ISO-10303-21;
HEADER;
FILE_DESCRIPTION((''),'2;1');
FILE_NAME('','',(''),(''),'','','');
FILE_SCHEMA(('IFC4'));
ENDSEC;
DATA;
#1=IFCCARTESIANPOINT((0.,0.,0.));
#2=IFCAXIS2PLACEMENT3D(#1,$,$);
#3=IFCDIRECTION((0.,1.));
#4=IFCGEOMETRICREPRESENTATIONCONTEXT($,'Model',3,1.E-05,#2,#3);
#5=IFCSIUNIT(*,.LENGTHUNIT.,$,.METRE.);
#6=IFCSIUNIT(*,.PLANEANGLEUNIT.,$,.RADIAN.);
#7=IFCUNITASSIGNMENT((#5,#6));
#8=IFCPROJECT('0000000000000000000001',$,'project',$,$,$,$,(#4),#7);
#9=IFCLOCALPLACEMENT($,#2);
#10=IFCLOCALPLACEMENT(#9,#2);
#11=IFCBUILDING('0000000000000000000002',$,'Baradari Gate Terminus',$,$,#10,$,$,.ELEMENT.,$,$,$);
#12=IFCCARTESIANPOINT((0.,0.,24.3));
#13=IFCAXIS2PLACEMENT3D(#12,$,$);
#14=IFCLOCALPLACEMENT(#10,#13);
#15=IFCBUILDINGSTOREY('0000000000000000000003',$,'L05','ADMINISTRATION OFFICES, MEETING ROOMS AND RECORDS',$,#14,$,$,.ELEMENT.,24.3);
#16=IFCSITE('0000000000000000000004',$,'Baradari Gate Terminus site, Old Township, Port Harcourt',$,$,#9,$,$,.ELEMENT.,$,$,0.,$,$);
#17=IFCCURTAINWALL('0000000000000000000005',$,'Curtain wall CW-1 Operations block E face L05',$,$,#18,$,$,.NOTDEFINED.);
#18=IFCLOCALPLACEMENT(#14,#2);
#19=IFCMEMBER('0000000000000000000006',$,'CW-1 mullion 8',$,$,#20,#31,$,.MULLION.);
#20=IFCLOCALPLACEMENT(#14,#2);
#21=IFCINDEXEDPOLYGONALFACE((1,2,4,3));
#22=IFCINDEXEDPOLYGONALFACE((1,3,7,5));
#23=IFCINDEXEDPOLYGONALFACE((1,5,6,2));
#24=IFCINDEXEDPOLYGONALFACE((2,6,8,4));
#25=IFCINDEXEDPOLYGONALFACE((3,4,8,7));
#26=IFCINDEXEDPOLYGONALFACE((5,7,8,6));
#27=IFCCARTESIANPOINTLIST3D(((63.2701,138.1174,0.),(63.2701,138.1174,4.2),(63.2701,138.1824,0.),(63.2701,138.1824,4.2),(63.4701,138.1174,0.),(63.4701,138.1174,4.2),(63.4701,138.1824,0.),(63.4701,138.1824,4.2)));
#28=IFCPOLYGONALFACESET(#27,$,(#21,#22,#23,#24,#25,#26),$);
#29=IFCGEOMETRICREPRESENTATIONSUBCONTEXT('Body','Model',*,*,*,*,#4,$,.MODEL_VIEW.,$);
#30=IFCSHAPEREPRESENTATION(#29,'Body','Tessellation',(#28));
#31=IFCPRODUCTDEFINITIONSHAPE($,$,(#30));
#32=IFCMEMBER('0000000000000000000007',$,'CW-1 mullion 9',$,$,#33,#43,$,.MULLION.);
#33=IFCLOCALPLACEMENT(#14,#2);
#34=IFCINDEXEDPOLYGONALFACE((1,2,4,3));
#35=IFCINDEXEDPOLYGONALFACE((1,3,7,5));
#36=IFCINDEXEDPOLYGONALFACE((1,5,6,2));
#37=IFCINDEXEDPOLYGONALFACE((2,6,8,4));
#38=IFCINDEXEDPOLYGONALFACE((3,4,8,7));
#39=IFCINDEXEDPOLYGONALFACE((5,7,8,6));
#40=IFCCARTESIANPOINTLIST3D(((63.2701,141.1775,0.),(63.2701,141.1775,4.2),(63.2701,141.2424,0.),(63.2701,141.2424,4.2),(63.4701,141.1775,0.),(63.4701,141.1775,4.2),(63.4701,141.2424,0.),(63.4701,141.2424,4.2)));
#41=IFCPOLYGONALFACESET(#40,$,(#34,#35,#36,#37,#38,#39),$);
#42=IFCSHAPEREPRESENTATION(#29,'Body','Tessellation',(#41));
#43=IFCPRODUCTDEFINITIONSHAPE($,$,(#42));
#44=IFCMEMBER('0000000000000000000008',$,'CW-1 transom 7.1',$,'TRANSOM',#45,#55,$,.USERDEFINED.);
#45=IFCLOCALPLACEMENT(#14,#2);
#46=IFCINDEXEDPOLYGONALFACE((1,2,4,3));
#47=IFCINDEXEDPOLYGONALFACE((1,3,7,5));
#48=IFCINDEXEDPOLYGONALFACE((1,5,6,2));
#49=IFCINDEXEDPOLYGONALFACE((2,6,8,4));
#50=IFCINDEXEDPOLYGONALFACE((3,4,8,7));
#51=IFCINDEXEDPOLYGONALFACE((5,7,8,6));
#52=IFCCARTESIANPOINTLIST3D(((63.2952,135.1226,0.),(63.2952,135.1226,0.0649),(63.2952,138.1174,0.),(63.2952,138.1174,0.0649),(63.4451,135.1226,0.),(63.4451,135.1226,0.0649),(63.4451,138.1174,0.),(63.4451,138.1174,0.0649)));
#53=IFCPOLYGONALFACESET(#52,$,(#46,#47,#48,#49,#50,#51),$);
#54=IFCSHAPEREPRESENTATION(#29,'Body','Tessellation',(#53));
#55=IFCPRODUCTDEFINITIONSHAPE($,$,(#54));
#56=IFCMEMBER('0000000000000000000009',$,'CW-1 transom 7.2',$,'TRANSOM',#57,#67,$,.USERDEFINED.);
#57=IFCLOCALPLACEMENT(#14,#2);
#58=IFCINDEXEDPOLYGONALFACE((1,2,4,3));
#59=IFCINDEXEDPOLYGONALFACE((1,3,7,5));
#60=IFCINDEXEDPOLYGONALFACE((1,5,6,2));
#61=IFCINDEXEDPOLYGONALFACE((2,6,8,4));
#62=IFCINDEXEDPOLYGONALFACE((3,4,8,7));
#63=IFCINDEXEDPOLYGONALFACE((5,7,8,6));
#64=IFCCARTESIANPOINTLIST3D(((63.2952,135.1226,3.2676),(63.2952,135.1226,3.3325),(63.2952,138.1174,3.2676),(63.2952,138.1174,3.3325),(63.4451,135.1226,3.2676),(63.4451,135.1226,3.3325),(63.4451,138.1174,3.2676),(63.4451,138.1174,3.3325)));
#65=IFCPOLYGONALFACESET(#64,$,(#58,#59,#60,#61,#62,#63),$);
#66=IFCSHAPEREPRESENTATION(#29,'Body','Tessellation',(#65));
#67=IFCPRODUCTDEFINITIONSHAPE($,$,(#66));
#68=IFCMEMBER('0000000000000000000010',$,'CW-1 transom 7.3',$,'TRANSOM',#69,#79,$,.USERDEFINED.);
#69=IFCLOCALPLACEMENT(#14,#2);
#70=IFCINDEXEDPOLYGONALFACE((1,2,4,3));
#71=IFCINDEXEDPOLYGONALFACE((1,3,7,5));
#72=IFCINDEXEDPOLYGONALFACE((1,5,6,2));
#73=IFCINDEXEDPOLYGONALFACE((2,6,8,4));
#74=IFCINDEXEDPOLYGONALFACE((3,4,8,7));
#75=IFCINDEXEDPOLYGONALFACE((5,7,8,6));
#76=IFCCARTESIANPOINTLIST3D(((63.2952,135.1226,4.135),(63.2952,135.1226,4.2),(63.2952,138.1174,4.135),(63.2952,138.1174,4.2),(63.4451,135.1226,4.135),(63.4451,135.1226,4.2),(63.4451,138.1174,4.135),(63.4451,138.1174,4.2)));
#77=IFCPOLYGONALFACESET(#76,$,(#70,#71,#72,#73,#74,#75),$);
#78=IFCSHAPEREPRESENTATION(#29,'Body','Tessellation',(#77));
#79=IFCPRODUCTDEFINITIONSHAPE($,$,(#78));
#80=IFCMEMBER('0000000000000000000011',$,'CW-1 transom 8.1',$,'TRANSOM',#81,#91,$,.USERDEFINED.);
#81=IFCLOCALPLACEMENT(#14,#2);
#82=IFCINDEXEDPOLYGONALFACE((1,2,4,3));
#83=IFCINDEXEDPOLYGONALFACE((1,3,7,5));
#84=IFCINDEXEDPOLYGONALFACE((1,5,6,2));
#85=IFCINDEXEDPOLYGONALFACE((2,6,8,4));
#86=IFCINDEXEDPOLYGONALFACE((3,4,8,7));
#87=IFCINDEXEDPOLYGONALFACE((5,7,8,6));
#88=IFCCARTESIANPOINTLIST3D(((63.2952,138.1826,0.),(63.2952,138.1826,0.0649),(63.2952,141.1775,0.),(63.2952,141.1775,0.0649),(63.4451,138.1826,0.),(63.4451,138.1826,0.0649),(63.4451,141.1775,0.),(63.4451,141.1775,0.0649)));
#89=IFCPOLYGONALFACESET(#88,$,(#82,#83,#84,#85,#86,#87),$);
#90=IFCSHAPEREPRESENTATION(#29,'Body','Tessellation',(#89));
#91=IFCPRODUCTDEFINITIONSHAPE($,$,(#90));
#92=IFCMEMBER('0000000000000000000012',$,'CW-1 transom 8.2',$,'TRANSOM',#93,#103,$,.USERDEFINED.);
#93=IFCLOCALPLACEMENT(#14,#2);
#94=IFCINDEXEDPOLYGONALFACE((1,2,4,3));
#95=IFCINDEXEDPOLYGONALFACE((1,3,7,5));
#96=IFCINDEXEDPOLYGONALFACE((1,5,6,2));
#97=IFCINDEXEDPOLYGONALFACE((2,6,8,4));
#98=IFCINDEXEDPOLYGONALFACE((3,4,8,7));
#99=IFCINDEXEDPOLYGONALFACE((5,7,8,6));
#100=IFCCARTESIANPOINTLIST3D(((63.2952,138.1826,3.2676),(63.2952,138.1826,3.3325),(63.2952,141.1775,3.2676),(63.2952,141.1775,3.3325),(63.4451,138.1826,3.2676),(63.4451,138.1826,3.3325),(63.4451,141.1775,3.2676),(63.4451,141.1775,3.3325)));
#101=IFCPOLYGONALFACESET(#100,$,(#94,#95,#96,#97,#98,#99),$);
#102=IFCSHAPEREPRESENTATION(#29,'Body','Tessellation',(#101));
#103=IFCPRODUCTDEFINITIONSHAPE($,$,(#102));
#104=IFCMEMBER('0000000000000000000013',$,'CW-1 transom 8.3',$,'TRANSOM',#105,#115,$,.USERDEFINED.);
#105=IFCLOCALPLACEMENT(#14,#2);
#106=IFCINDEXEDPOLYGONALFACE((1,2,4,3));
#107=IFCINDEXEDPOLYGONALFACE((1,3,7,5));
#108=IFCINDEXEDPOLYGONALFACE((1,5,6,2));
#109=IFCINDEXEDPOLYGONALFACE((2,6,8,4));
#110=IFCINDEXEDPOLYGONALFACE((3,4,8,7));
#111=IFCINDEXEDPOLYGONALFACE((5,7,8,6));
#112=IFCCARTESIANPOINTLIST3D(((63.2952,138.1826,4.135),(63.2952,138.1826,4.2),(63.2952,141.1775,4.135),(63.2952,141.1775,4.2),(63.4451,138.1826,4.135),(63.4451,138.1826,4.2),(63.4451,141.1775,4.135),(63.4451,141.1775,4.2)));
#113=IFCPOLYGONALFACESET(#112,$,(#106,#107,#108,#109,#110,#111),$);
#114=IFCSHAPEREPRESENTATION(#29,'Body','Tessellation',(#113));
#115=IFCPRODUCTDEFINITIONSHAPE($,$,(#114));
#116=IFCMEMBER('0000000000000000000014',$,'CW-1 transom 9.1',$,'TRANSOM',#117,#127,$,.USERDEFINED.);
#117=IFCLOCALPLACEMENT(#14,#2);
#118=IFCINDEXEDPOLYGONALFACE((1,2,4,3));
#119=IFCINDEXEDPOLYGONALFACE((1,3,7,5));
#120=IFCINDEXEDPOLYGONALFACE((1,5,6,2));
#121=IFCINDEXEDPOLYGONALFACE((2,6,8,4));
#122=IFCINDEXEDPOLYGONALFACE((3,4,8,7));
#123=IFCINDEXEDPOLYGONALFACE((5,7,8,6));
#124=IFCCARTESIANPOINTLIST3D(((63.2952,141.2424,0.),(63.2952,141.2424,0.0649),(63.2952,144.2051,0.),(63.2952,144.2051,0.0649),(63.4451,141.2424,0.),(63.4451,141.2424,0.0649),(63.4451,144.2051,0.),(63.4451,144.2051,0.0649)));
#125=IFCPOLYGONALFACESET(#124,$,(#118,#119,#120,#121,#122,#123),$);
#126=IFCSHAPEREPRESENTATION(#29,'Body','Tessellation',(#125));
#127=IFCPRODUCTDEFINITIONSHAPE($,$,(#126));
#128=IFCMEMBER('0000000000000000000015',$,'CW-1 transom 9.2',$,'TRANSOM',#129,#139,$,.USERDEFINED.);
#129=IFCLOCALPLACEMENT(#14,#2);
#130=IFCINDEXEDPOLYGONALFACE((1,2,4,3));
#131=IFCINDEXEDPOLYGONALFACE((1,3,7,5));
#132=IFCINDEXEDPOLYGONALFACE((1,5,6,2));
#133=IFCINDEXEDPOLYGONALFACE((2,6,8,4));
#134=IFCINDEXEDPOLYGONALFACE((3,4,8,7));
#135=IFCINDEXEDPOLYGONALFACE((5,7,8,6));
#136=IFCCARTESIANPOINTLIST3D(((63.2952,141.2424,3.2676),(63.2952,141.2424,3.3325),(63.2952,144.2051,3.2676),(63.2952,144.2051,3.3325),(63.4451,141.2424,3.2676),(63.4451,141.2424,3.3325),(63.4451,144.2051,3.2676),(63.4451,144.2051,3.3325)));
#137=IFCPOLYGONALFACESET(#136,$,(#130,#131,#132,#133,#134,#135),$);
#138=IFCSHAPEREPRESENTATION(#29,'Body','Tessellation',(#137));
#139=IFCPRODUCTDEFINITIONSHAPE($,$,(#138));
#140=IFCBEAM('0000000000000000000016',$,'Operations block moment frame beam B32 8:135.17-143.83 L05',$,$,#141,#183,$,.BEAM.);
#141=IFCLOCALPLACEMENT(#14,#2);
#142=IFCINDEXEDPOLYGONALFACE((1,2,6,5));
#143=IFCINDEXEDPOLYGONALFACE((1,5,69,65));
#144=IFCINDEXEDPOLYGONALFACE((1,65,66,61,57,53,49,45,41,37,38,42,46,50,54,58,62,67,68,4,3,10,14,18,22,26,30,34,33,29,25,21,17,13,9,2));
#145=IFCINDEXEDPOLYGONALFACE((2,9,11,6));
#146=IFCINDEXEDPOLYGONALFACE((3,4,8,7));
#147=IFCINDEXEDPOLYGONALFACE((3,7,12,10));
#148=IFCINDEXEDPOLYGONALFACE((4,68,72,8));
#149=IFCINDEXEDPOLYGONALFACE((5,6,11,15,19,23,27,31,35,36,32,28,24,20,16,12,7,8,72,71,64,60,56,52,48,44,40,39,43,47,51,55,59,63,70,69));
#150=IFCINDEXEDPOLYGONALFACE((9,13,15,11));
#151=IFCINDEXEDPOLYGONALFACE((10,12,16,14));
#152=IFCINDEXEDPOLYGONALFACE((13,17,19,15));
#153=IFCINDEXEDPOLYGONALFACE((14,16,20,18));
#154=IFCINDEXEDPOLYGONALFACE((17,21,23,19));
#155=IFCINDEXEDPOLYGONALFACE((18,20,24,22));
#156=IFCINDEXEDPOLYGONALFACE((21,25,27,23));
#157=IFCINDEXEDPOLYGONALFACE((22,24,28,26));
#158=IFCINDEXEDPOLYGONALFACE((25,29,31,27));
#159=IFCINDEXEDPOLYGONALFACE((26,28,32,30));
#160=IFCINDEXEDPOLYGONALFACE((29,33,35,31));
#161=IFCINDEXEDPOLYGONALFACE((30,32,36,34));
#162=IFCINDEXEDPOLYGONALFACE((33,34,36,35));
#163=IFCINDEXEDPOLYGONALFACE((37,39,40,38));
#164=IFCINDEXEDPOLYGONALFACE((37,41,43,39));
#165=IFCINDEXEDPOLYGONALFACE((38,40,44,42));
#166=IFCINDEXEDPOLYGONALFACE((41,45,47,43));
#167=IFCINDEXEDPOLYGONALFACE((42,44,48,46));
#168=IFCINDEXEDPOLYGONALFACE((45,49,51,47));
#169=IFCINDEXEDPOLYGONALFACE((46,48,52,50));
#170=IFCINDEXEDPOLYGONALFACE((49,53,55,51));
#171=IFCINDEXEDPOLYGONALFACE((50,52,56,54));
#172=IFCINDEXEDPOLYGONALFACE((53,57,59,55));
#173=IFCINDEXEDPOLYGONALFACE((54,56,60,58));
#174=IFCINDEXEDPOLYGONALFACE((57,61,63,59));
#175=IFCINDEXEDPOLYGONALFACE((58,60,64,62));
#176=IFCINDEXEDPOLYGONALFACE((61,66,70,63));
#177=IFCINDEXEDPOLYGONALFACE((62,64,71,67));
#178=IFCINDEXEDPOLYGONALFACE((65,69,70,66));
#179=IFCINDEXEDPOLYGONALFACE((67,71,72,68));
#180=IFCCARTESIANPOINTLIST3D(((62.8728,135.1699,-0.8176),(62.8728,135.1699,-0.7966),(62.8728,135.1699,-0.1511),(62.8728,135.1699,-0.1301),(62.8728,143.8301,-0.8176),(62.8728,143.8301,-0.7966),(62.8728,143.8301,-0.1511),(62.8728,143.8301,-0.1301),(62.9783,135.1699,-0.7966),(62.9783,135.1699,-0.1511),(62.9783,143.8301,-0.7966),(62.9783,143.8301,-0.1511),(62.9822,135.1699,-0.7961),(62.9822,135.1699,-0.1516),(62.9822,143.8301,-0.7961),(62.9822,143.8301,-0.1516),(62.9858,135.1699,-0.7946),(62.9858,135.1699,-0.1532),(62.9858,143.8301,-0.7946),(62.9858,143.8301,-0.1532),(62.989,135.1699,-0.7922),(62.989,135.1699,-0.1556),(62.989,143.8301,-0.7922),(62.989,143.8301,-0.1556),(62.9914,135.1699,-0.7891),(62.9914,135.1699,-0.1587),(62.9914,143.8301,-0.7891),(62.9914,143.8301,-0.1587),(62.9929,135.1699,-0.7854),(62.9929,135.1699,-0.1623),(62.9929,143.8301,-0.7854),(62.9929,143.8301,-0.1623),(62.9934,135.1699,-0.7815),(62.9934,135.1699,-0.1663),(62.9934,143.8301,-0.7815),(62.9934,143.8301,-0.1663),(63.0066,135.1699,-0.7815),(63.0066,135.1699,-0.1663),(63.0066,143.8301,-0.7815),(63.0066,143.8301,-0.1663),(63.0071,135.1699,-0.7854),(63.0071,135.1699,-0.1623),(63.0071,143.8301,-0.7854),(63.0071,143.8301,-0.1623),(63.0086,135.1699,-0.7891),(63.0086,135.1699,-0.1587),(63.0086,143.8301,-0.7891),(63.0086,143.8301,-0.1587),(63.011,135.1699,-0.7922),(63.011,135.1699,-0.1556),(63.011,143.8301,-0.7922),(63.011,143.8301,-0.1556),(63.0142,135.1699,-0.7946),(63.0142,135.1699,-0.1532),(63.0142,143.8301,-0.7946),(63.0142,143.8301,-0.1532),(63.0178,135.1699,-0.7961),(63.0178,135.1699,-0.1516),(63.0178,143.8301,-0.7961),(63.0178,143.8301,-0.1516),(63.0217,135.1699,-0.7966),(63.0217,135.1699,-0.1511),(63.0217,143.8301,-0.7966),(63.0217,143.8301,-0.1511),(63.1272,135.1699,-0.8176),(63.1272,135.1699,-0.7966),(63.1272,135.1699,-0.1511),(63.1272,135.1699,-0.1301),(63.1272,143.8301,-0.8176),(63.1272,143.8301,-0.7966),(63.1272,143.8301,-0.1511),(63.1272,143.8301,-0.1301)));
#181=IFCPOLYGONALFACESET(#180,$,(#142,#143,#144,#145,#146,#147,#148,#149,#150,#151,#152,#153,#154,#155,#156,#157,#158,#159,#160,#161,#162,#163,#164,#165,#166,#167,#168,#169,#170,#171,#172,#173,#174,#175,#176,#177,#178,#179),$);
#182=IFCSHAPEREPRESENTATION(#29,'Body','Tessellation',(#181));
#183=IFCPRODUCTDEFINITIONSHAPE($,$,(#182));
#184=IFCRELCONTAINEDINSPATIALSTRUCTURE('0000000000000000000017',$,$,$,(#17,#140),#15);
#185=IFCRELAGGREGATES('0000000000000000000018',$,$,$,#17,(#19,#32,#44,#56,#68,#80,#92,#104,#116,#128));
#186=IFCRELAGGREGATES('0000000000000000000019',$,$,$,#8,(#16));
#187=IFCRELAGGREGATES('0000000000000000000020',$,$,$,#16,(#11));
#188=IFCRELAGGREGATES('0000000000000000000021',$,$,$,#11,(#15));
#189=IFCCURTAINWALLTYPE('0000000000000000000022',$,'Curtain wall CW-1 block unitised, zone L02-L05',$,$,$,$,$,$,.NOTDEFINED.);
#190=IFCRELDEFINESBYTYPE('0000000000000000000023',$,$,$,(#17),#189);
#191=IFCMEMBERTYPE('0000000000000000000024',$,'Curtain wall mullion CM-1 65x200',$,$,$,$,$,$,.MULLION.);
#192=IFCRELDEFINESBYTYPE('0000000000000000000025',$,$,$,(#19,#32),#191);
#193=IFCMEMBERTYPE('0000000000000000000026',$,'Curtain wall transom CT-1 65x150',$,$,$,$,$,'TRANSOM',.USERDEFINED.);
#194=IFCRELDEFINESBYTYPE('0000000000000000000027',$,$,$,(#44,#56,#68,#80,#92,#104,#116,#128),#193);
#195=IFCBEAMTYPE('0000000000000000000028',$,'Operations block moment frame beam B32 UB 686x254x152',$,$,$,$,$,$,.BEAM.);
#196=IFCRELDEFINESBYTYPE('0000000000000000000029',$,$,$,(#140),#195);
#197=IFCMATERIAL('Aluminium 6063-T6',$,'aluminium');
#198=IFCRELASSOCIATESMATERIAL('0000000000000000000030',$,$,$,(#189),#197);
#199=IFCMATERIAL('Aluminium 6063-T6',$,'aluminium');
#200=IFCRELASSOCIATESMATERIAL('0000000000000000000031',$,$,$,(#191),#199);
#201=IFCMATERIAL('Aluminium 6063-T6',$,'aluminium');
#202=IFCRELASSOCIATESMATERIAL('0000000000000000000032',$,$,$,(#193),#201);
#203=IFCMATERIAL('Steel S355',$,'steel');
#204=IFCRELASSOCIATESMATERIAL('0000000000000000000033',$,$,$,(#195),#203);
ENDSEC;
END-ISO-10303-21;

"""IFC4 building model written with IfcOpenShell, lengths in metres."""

from ifc_helpers import new_model, si_unit, direction, frame, origin, origin_2d, place, context, subcontext, project, spatial, rectangle, i_section, extrude, material, material_profile, profile_set, type_object, element, aggregate, save


model = new_model("IFC4")

# Units and contexts
model_context = context("Model", 3, precision=1e-05, world=origin(), true_north=direction((0.0, 1.0)))
body_context = subcontext(model_context, "Body", "Model", "MODEL_VIEW")
ifc_project = project(units=[si_unit("LENGTHUNIT", "METRE"), si_unit("PLANEANGLEUNIT", "RADIAN")], contexts=[model_context])

# Site, building, storey
site_placement = place(None, origin())
site = spatial("IfcSite", under=ifc_project, at=site_placement, Name="Baradari Gate Terminus site, Old Township, Port Harcourt", CompositionType="ELEMENT", RefElevation=0.0)
building_placement = place(site_placement, origin())
building = spatial("IfcBuilding", under=site, at=building_placement, Name="Baradari Gate Terminus", CompositionType="ELEMENT")
storey_placement = place(building_placement, frame((0.0, 0.0, 24.3)))
storey = spatial("IfcBuildingStorey", under=building, at=storey_placement, Name="L05", Description="ADMINISTRATION OFFICES, MEETING ROOMS AND RECORDS", CompositionType="ELEMENT", Elevation=24.3)

# Curtain wall, members
ifc_material_1 = material(Name="Aluminium 6063-T6", Category="aluminium")
curtain_wall_type = type_object("IfcCurtainWallType", Name="Curtain wall CW-1 block unitised, zone L02-L05", PredefinedType="NOTDEFINED", material=ifc_material_1)
curtain_wall_placement = place(storey_placement, origin())
curtain_wall = element("IfcCurtainWall", 1, at=curtain_wall_placement, inside=storey, type_object=curtain_wall_type, Name="Curtain wall CW-1 Operations block E face L05", PredefinedType="NOTDEFINED")
ifc_material_2 = material(Name="Aluminium 6063-T6", Category="aluminium")
ifc_material_profile_1 = material_profile(ifc_material_2, rectangle(XDim=0.2, YDim=0.0649, at=origin_2d()), Name="CM-1 65X200")
ifc_profile_set_1 = profile_set([ifc_material_profile_1], Name="Aluminium 6063-T6")
member_type_1 = type_object("IfcMemberType", Name="Curtain wall mullion CM-1 65x200", PredefinedType="MULLION", material=ifc_profile_set_1)
member_1_placement = place(storey_placement, frame((63.3701, 138.1499, 0.0), z_axis=(0.0, 0.0, 1.0), x_axis=(-1.0, 0.0, 0.0)))
member_1 = element("IfcMember", 2, at=member_1_placement, type_object=member_type_1, Name="CW-1 mullion 8", PredefinedType="MULLION", context=body_context, shape_type="SweptSolid", body=[
    extrude(rectangle(XDim=0.2, YDim=0.0649, at=origin_2d()), origin(), (0.0, 0.0, 1.0), 4.2),
])
member_2_placement = place(storey_placement, frame((63.3701, 141.21, 0.0), z_axis=(0.0, 0.0, 1.0), x_axis=(-1.0, 0.0, 0.0)))
member_2 = element("IfcMember", 3, at=member_2_placement, type_object=member_type_1, Name="CW-1 mullion 9", PredefinedType="MULLION", context=body_context, shape_type="SweptSolid", body=[
    extrude(rectangle(XDim=0.2, YDim=0.0649, at=origin_2d()), origin(), (0.0, 0.0, 1.0), 4.2),
])
ifc_material_3 = material(Name="Aluminium 6063-T6", Category="aluminium")
ifc_material_profile_2 = material_profile(ifc_material_3, rectangle(XDim=0.1499, YDim=0.0649, at=origin_2d()), Name="CT-1 65X150")
ifc_profile_set_2 = profile_set([ifc_material_profile_2], Name="Aluminium 6063-T6")
member_type_2 = type_object("IfcMemberType", Name="Curtain wall transom CT-1 65x150", ElementType="TRANSOM", PredefinedType="USERDEFINED", material=ifc_profile_set_2)
member_3_placement = place(storey_placement, frame((63.3701, 135.1226, 0.0325), z_axis=(0.0, 1.0, 0.0), x_axis=(-1.0, 0.0, 0.0)))
member_3 = element("IfcMember", 4, at=member_3_placement, type_object=member_type_2, Name="CW-1 transom 7.1", ObjectType="TRANSOM", PredefinedType="USERDEFINED", context=body_context, shape_type="SweptSolid", body=[
    extrude(rectangle(XDim=0.1499, YDim=0.0649, at=origin_2d()), origin(), (0.0, 0.0, 1.0), 2.9949),
])
member_4_placement = place(storey_placement, frame((63.3701, 135.1226, 3.3), z_axis=(0.0, 1.0, 0.0), x_axis=(-1.0, 0.0, 0.0)))
member_4 = element("IfcMember", 5, at=member_4_placement, type_object=member_type_2, Name="CW-1 transom 7.2", ObjectType="TRANSOM", PredefinedType="USERDEFINED", context=body_context, shape_type="SweptSolid", body=[
    extrude(rectangle(XDim=0.1499, YDim=0.0649, at=origin_2d()), origin(), (0.0, 0.0, 1.0), 2.9949),
])
member_5_placement = place(storey_placement, frame((63.3701, 135.1226, 4.1675), z_axis=(0.0, 1.0, 0.0), x_axis=(-1.0, 0.0, 0.0)))
member_5 = element("IfcMember", 6, at=member_5_placement, type_object=member_type_2, Name="CW-1 transom 7.3", ObjectType="TRANSOM", PredefinedType="USERDEFINED", context=body_context, shape_type="SweptSolid", body=[
    extrude(rectangle(XDim=0.1499, YDim=0.0649, at=origin_2d()), origin(), (0.0, 0.0, 1.0), 2.9949),
])
member_6_placement = place(storey_placement, frame((63.3701, 138.1826, 0.0325), z_axis=(0.0, 1.0, 0.0), x_axis=(-1.0, 0.0, 0.0)))
member_6 = element("IfcMember", 7, at=member_6_placement, type_object=member_type_2, Name="CW-1 transom 8.1", ObjectType="TRANSOM", PredefinedType="USERDEFINED", context=body_context, shape_type="SweptSolid", body=[
    extrude(rectangle(XDim=0.1499, YDim=0.0649, at=origin_2d()), origin(), (0.0, 0.0, 1.0), 2.9949),
])
member_7_placement = place(storey_placement, frame((63.3701, 138.1826, 3.3), z_axis=(0.0, 1.0, 0.0), x_axis=(-1.0, 0.0, 0.0)))
member_7 = element("IfcMember", 8, at=member_7_placement, type_object=member_type_2, Name="CW-1 transom 8.2", ObjectType="TRANSOM", PredefinedType="USERDEFINED", context=body_context, shape_type="SweptSolid", body=[
    extrude(rectangle(XDim=0.1499, YDim=0.0649, at=origin_2d()), origin(), (0.0, 0.0, 1.0), 2.9949),
])
member_8_placement = place(storey_placement, frame((63.3701, 138.1826, 4.1675), z_axis=(0.0, 1.0, 0.0), x_axis=(-1.0, 0.0, 0.0)))
member_8 = element("IfcMember", 9, at=member_8_placement, type_object=member_type_2, Name="CW-1 transom 8.3", ObjectType="TRANSOM", PredefinedType="USERDEFINED", context=body_context, shape_type="SweptSolid", body=[
    extrude(rectangle(XDim=0.1499, YDim=0.0649, at=origin_2d()), origin(), (0.0, 0.0, 1.0), 2.9949),
])
member_9_placement = place(storey_placement, frame((63.3701, 141.2424, 0.0325), z_axis=(0.0, 1.0, 0.0), x_axis=(-1.0, 0.0, 0.0)))
member_9 = element("IfcMember", 10, at=member_9_placement, type_object=member_type_2, Name="CW-1 transom 9.1", ObjectType="TRANSOM", PredefinedType="USERDEFINED", context=body_context, shape_type="SweptSolid", body=[
    extrude(rectangle(XDim=0.1499, YDim=0.0649, at=origin_2d()), origin(), (0.0, 0.0, 1.0), 2.9626),
])
member_10_placement = place(storey_placement, frame((63.3701, 141.2424, 3.3), z_axis=(0.0, 1.0, 0.0), x_axis=(-1.0, 0.0, 0.0)))
member_10 = element("IfcMember", 11, at=member_10_placement, type_object=member_type_2, Name="CW-1 transom 9.2", ObjectType="TRANSOM", PredefinedType="USERDEFINED", context=body_context, shape_type="SweptSolid", body=[
    extrude(rectangle(XDim=0.1499, YDim=0.0649, at=origin_2d()), origin(), (0.0, 0.0, 1.0), 2.9626),
])

# Beam
ifc_material_4 = material(Name="Steel S355", Category="steel")
ifc_material_profile_3 = material_profile(ifc_material_4, i_section(OverallWidth=0.2544, OverallDepth=0.6875, WebThickness=0.0132, FlangeThickness=0.021, FilletRadius=0.0151, at=origin_2d()), Name="UB 686x254x152")
ifc_profile_set_3 = profile_set([ifc_material_profile_3], Name="Steel S355")
beam_type_1 = type_object("IfcBeamType", Name="Operations block moment frame beam B32 UB 686x254x152", PredefinedType="BEAM", material=ifc_profile_set_3)
beam_1_placement = place(storey_placement, frame((63.0, 135.1699, -0.4739), z_axis=(0.0, 1.0, 0.0), x_axis=(-1.0, 0.0, 0.0)))
element("IfcBeam", 12, at=beam_1_placement, inside=storey, type_object=beam_type_1, Name="Operations block moment frame beam B32 8:135.17-143.83 L05", PredefinedType="BEAM", context=body_context, shape_type="SweptSolid", body=[
    extrude(i_section(OverallWidth=0.2544, OverallDepth=0.6875, WebThickness=0.0132, FlangeThickness=0.021, FilletRadius=0.0151, at=origin_2d()), origin(), (0.0, 0.0, 1.0), 8.6602),
])

aggregate(curtain_wall, [member_1, member_2, member_3, member_4, member_5, member_6, member_7, member_8, member_9, member_10])

save(model, "model.ifc")
